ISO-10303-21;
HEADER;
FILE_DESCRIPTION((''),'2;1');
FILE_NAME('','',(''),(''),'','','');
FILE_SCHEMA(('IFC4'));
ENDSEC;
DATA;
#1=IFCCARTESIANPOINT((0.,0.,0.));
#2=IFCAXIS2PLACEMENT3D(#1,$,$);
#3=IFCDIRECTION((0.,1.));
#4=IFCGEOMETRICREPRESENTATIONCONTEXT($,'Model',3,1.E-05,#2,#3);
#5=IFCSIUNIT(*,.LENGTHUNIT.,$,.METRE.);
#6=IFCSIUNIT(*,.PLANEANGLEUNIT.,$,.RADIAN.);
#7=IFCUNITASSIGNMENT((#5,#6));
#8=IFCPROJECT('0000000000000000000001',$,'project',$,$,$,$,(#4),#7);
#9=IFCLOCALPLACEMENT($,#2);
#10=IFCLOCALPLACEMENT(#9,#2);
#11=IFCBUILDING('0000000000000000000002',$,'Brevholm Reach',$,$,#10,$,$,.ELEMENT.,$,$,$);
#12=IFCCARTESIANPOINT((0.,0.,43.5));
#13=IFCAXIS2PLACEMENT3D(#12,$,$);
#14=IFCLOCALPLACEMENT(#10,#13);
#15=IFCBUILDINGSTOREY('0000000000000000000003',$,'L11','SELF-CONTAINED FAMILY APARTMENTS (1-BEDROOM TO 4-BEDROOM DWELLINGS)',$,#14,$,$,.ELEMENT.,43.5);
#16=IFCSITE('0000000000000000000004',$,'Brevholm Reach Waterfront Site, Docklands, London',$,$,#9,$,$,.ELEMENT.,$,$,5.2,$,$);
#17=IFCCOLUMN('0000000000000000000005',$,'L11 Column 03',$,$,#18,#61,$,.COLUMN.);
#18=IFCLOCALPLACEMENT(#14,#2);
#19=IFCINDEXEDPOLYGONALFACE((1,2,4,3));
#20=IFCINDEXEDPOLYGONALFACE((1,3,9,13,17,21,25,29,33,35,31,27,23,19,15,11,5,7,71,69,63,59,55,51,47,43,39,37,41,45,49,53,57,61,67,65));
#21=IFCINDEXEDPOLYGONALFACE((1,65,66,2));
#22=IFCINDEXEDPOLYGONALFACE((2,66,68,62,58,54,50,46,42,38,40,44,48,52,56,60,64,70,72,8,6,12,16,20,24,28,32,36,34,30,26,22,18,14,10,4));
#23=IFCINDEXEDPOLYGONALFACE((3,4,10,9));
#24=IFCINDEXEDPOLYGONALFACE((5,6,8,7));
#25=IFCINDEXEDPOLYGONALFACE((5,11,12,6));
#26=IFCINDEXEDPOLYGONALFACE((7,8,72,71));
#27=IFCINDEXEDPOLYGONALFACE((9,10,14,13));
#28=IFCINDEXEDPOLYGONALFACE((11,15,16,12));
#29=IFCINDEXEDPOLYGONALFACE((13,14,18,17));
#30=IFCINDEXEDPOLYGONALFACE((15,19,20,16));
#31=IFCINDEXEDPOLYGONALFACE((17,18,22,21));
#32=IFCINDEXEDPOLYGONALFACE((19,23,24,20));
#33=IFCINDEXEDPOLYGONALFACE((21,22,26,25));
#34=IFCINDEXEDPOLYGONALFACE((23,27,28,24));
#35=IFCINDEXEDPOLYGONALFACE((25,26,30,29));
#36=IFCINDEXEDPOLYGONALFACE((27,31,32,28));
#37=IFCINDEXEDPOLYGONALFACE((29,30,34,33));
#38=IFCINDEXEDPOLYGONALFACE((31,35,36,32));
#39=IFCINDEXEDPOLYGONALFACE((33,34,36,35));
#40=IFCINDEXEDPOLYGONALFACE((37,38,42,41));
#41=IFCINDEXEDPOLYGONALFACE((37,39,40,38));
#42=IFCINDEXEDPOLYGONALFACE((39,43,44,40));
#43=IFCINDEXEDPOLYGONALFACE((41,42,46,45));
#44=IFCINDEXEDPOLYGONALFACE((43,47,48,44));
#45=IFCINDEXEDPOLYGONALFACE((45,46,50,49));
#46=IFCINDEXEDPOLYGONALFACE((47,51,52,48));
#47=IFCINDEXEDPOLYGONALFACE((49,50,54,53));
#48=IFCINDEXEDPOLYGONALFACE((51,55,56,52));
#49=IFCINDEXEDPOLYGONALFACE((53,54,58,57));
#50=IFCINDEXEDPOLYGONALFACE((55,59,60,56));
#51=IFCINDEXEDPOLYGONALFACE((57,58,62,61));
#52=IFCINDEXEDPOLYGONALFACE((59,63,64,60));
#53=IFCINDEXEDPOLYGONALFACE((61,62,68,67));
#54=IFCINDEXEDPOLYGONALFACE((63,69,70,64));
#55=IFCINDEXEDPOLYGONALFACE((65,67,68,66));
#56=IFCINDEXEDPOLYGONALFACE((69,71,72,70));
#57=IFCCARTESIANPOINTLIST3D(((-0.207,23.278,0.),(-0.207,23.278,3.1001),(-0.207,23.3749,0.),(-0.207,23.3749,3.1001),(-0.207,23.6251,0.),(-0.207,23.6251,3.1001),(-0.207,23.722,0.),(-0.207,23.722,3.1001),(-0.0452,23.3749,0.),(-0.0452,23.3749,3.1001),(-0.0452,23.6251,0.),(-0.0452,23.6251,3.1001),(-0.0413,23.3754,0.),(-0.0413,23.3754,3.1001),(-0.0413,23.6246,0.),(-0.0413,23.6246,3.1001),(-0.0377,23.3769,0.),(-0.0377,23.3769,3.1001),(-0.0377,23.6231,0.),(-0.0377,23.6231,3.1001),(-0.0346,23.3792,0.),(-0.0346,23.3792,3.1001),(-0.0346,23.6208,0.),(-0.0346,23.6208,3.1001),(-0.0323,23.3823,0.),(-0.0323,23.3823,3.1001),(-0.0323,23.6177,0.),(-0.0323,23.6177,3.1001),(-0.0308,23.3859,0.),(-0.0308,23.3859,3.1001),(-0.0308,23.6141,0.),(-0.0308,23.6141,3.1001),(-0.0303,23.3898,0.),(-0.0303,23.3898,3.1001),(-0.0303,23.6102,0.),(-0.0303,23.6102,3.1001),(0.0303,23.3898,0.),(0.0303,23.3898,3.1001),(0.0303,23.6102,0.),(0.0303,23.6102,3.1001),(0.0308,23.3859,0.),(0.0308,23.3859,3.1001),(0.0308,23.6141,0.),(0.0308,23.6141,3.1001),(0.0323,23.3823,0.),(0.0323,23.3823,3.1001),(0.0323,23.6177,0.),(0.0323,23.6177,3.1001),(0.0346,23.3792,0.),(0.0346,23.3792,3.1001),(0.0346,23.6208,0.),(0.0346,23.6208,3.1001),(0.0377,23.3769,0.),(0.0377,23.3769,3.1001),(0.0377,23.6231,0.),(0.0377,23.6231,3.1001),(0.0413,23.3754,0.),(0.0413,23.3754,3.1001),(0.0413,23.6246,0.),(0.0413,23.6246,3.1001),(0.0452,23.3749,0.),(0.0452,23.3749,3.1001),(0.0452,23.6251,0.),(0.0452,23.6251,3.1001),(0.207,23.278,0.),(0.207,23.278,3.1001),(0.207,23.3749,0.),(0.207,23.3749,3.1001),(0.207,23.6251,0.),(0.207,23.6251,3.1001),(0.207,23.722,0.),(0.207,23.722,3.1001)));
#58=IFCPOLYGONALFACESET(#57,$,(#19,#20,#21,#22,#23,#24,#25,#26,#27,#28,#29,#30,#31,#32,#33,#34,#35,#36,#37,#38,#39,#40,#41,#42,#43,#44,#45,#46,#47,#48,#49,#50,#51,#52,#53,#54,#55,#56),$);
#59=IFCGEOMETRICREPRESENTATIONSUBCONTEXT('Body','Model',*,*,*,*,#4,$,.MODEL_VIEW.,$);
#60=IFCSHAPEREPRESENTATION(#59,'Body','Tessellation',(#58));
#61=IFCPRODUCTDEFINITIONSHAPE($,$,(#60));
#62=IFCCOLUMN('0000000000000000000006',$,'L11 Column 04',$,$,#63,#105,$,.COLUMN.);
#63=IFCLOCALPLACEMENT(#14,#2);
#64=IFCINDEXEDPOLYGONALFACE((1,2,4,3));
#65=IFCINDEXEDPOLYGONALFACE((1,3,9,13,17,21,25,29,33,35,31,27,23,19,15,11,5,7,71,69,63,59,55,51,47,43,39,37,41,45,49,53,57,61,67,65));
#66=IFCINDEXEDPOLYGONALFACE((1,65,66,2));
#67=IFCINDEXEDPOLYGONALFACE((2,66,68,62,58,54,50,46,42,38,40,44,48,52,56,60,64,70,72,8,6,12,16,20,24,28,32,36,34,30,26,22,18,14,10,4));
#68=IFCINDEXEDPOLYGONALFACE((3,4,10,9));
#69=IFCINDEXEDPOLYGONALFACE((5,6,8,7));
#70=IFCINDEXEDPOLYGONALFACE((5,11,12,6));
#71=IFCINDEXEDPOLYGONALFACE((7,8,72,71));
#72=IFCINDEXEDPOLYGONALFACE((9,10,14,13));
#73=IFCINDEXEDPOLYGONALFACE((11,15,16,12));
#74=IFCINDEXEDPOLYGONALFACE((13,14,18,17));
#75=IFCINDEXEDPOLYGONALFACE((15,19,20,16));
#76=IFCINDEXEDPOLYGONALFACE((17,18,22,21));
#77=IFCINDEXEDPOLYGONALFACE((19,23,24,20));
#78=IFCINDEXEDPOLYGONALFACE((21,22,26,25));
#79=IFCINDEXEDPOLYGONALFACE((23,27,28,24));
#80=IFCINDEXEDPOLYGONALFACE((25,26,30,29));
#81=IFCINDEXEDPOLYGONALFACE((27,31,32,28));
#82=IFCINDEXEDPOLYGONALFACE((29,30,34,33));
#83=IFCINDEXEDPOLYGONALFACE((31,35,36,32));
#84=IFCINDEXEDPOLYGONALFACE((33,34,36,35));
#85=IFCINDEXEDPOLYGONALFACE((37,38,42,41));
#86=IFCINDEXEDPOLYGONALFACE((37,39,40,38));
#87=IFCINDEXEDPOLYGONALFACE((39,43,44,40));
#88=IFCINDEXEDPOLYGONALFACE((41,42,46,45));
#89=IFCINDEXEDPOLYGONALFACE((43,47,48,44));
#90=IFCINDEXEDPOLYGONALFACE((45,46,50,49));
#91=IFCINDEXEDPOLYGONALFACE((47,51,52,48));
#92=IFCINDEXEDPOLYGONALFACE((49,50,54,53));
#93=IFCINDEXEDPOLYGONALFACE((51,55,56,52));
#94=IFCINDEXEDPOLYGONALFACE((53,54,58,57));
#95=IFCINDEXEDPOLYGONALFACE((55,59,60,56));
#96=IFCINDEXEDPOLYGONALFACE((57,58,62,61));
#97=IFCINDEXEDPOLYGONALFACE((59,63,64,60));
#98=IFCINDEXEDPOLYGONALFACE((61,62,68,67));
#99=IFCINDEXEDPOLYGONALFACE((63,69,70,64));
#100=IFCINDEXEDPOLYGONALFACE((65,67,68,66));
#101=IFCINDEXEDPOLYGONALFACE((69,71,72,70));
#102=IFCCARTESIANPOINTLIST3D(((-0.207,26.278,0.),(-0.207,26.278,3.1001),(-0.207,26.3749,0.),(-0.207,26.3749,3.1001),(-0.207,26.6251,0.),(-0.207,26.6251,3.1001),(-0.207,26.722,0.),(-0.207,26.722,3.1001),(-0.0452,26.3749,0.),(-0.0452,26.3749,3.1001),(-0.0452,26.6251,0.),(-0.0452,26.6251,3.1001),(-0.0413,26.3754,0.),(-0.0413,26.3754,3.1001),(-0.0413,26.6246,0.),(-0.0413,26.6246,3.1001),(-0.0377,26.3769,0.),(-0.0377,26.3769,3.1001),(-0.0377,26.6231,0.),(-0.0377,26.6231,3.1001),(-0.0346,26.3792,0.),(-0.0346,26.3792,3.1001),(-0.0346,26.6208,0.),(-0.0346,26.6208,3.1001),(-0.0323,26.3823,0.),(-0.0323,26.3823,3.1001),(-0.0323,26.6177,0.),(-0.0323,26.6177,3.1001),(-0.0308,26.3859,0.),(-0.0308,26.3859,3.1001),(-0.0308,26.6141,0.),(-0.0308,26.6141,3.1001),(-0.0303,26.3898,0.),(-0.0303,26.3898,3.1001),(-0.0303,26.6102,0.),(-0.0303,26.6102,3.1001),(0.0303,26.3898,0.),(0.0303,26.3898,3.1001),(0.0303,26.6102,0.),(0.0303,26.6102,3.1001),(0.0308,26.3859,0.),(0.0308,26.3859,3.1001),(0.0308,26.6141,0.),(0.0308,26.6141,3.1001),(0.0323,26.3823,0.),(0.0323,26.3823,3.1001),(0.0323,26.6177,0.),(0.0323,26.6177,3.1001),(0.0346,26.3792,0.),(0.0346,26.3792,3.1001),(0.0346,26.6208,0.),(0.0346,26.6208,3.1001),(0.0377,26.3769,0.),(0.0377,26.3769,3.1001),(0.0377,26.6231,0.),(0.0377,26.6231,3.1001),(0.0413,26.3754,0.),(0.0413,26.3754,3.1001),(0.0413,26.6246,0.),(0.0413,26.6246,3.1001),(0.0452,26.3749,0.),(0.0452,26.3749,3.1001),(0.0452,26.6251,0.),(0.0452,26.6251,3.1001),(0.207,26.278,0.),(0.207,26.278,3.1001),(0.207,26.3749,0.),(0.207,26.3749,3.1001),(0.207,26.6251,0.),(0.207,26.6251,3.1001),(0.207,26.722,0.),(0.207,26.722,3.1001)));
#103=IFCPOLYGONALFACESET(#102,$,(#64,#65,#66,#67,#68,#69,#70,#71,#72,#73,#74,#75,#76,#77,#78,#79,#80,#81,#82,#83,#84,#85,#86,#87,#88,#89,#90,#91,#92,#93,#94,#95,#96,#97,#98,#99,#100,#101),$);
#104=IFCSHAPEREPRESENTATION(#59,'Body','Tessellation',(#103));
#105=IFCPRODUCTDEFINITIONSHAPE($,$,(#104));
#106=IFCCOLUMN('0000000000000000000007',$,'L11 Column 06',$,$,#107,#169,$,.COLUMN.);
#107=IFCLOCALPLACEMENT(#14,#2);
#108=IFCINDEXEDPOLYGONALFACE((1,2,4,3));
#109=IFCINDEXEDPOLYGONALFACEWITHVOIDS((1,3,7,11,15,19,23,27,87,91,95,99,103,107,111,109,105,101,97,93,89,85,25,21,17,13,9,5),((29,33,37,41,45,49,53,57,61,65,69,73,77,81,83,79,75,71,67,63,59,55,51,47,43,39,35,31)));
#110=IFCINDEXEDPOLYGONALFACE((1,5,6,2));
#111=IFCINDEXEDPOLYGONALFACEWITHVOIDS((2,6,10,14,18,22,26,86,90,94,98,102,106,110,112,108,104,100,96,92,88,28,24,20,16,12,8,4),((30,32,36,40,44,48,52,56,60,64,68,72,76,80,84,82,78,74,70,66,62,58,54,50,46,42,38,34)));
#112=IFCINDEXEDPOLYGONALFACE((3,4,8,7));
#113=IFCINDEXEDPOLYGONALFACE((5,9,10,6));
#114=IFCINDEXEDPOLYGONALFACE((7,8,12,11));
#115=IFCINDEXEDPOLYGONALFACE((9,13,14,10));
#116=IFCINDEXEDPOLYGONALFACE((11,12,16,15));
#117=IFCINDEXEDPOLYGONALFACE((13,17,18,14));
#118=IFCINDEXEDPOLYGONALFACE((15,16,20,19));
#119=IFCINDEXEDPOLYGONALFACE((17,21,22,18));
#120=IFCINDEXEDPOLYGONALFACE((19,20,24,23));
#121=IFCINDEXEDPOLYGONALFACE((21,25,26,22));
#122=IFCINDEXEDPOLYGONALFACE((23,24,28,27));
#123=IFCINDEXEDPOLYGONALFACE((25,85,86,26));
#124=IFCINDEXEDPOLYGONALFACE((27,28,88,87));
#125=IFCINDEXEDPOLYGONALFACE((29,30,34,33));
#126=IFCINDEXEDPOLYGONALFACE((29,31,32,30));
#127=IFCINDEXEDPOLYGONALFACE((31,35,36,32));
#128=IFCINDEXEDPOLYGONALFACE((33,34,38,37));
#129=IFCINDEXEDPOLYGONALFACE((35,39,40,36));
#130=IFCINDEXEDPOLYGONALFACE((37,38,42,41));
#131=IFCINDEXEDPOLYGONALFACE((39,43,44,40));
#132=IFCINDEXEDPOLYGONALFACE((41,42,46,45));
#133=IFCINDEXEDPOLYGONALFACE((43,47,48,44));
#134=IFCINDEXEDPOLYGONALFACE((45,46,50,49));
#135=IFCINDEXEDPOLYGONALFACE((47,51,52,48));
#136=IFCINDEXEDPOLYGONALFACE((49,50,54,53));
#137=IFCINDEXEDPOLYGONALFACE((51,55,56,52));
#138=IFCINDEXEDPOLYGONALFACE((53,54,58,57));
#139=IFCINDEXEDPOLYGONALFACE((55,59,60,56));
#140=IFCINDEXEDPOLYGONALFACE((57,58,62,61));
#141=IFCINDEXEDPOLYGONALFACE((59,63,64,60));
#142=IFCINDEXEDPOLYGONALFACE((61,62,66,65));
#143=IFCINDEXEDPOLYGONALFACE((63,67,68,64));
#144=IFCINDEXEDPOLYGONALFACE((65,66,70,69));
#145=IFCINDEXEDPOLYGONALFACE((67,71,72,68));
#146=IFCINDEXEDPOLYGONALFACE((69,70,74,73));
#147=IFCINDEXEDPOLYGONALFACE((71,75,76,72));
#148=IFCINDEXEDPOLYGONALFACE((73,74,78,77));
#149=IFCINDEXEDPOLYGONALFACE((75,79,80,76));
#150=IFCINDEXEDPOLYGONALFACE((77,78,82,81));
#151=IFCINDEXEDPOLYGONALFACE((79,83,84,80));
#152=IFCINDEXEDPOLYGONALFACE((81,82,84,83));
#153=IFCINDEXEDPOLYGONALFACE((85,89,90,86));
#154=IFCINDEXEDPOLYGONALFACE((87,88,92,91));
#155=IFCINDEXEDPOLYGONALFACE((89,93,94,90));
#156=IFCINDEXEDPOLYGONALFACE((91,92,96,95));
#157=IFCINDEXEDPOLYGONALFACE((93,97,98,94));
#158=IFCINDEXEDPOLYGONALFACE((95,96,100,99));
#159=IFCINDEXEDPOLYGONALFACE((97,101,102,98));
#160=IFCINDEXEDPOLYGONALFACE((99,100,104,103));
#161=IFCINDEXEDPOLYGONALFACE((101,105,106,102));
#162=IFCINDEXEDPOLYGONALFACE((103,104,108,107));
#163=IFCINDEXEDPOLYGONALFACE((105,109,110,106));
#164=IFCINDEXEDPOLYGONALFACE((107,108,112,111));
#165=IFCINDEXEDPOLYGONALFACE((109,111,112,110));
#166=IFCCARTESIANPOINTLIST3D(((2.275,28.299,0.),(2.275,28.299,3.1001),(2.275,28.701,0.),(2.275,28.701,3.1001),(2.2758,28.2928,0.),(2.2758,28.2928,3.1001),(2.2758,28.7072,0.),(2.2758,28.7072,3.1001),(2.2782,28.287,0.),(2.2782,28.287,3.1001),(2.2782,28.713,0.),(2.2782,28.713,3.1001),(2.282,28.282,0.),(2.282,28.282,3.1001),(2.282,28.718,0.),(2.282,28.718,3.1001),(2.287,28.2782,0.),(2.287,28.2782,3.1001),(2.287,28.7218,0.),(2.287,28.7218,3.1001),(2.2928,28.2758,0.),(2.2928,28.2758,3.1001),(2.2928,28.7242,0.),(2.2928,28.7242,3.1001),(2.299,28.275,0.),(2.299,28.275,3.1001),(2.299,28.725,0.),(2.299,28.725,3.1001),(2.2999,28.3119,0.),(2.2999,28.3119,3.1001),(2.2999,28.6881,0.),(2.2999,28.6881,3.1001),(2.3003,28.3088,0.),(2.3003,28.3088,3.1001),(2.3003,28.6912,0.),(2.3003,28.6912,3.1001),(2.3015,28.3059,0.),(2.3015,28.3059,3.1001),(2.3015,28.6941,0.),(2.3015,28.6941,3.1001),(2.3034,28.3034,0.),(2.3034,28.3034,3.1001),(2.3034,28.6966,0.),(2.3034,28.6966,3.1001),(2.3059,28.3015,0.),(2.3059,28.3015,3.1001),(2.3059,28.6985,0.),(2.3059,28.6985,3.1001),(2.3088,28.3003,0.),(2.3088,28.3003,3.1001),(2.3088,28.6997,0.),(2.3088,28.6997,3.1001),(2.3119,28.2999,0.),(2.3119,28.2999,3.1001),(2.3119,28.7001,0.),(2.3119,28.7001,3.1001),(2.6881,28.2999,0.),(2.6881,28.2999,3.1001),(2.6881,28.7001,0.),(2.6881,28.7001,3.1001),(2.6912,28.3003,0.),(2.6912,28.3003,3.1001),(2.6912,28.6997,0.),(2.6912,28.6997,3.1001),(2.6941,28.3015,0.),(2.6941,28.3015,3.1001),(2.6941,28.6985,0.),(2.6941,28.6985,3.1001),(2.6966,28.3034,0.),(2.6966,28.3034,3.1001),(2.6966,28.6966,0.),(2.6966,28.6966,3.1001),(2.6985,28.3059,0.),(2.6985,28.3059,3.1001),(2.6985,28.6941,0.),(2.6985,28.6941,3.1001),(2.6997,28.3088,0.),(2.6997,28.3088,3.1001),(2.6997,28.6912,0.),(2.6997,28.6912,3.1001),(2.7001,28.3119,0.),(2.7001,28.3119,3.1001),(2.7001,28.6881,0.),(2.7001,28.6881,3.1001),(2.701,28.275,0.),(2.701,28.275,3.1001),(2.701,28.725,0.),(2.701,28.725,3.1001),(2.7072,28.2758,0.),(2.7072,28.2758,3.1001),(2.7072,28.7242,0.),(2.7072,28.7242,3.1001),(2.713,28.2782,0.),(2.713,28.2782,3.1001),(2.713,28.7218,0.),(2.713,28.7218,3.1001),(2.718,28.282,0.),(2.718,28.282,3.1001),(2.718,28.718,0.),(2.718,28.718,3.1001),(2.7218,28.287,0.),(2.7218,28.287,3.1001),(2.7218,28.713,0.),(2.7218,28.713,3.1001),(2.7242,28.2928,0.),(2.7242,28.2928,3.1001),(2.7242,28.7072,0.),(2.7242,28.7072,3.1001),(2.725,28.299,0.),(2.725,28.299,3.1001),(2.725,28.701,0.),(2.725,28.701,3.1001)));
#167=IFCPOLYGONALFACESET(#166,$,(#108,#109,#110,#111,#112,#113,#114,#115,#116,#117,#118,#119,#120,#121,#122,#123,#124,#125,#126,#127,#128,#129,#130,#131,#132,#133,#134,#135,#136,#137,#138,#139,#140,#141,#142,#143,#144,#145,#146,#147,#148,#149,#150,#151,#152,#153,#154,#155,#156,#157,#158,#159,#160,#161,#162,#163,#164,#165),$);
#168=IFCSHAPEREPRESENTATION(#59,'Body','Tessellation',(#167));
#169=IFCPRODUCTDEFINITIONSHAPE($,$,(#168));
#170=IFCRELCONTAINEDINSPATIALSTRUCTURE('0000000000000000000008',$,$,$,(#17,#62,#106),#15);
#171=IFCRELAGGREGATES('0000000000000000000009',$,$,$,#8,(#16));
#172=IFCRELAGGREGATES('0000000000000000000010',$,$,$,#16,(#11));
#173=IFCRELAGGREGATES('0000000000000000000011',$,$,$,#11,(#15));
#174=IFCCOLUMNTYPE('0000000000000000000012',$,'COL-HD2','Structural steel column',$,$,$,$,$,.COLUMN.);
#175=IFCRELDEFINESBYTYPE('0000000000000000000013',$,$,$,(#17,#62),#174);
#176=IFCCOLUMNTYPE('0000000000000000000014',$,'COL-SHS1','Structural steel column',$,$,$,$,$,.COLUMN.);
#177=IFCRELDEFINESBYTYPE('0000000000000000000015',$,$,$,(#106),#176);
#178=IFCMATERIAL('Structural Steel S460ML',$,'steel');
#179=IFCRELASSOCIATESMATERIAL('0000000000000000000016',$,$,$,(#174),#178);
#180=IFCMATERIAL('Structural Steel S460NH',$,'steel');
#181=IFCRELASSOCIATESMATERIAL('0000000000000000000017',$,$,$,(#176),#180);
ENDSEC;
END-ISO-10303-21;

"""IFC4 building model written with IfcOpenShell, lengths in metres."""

from ifc_helpers import new_model, si_unit, direction, frame, origin, origin_2d, place, context, subcontext, project, spatial, hollow_rectangle, i_section, extrude, material, material_profile, profile_set, type_object, element, save


model = new_model("IFC4")

# Units and contexts
model_context = context("Model", 3, precision=1e-05, world=origin(), true_north=direction((0.0, 1.0)))
body_context = subcontext(model_context, "Body", "Model", "MODEL_VIEW")
ifc_project = project(units=[si_unit("LENGTHUNIT", "METRE"), si_unit("PLANEANGLEUNIT", "RADIAN")], contexts=[model_context])

# Site, building, storey
site_placement = place(None, origin())
site = spatial("IfcSite", under=ifc_project, at=site_placement, Name="Brevholm Reach Waterfront Site, Docklands, London", CompositionType="ELEMENT", RefElevation=5.2)
building_placement = place(site_placement, origin())
building = spatial("IfcBuilding", under=site, at=building_placement, Name="Brevholm Reach", CompositionType="ELEMENT")
storey_placement = place(building_placement, frame((0.0, 0.0, 43.5)))
storey = spatial("IfcBuildingStorey", under=building, at=storey_placement, Name="L11", Description="SELF-CONTAINED FAMILY APARTMENTS (1-BEDROOM TO 4-BEDROOM DWELLINGS)", CompositionType="ELEMENT", Elevation=43.5)

# Columns
ifc_material_1 = material(Name="Structural Steel S460ML", Category="steel")
ifc_material_profile_1 = material_profile(ifc_material_1, i_section(OverallWidth=0.4141, OverallDepth=0.4441, WebThickness=0.0605, FlangeThickness=0.0969, FilletRadius=0.0149, at=origin_2d()), Name="HD 400x818")
ifc_profile_set_1 = profile_set([ifc_material_profile_1], Name="Structural Steel S460ML")
column_type_1 = type_object("IfcColumnType", Name="COL-HD2", Description="Structural steel column", PredefinedType="COLUMN", material=ifc_profile_set_1)
for number, where, z_axis, x_axis, name in (
    (1, (0.0, 23.5, 0.0), (0.0, 0.0, 1.0), (1.0, 0.0, 0.0), "L11 Column 03"),
    (2, (0.0, 26.5, 0.0), (0.0, 0.0, 1.0), (1.0, 0.0, 0.0), "L11 Column 04"),
):
    element("IfcColumn", number, at=place(storey_placement, frame(where, z_axis=z_axis, x_axis=x_axis)), inside=storey, type_object=column_type_1, Name=name, PredefinedType="COLUMN", context=body_context, shape_type="SweptSolid", body=[
        extrude(i_section(OverallWidth=0.4141, OverallDepth=0.4441, WebThickness=0.0605, FlangeThickness=0.0969, FilletRadius=0.0149, at=origin_2d()), origin(), (0.0, 0.0, 1.0), 3.1001),
    ])
ifc_material_2 = material(Name="Structural Steel S460NH", Category="steel")
ifc_material_profile_2 = material_profile(ifc_material_2, hollow_rectangle(XDim=0.45, YDim=0.45, WallThickness=0.0249, InnerFilletRadius=0.012, OuterFilletRadius=0.0239, at=origin_2d()), Name="SHS 450x450x25")
ifc_profile_set_2 = profile_set([ifc_material_profile_2], Name="Structural Steel S460NH")
column_type_2 = type_object("IfcColumnType", Name="COL-SHS1", Description="Structural steel column", PredefinedType="COLUMN", material=ifc_profile_set_2)
column_1_placement = place(storey_placement, frame((2.5, 28.5, 0.0), z_axis=(0.0, 0.0, 1.0), x_axis=(1.0, 0.0, 0.0)))
element("IfcColumn", 3, at=column_1_placement, inside=storey, type_object=column_type_2, Name="L11 Column 06", PredefinedType="COLUMN", context=body_context, shape_type="SweptSolid", body=[
    extrude(hollow_rectangle(XDim=0.45, YDim=0.45, WallThickness=0.0249, InnerFilletRadius=0.012, OuterFilletRadius=0.0239, at=origin_2d()), origin(), (0.0, 0.0, 1.0), 3.1001),
])

save(model, "model.ifc")
